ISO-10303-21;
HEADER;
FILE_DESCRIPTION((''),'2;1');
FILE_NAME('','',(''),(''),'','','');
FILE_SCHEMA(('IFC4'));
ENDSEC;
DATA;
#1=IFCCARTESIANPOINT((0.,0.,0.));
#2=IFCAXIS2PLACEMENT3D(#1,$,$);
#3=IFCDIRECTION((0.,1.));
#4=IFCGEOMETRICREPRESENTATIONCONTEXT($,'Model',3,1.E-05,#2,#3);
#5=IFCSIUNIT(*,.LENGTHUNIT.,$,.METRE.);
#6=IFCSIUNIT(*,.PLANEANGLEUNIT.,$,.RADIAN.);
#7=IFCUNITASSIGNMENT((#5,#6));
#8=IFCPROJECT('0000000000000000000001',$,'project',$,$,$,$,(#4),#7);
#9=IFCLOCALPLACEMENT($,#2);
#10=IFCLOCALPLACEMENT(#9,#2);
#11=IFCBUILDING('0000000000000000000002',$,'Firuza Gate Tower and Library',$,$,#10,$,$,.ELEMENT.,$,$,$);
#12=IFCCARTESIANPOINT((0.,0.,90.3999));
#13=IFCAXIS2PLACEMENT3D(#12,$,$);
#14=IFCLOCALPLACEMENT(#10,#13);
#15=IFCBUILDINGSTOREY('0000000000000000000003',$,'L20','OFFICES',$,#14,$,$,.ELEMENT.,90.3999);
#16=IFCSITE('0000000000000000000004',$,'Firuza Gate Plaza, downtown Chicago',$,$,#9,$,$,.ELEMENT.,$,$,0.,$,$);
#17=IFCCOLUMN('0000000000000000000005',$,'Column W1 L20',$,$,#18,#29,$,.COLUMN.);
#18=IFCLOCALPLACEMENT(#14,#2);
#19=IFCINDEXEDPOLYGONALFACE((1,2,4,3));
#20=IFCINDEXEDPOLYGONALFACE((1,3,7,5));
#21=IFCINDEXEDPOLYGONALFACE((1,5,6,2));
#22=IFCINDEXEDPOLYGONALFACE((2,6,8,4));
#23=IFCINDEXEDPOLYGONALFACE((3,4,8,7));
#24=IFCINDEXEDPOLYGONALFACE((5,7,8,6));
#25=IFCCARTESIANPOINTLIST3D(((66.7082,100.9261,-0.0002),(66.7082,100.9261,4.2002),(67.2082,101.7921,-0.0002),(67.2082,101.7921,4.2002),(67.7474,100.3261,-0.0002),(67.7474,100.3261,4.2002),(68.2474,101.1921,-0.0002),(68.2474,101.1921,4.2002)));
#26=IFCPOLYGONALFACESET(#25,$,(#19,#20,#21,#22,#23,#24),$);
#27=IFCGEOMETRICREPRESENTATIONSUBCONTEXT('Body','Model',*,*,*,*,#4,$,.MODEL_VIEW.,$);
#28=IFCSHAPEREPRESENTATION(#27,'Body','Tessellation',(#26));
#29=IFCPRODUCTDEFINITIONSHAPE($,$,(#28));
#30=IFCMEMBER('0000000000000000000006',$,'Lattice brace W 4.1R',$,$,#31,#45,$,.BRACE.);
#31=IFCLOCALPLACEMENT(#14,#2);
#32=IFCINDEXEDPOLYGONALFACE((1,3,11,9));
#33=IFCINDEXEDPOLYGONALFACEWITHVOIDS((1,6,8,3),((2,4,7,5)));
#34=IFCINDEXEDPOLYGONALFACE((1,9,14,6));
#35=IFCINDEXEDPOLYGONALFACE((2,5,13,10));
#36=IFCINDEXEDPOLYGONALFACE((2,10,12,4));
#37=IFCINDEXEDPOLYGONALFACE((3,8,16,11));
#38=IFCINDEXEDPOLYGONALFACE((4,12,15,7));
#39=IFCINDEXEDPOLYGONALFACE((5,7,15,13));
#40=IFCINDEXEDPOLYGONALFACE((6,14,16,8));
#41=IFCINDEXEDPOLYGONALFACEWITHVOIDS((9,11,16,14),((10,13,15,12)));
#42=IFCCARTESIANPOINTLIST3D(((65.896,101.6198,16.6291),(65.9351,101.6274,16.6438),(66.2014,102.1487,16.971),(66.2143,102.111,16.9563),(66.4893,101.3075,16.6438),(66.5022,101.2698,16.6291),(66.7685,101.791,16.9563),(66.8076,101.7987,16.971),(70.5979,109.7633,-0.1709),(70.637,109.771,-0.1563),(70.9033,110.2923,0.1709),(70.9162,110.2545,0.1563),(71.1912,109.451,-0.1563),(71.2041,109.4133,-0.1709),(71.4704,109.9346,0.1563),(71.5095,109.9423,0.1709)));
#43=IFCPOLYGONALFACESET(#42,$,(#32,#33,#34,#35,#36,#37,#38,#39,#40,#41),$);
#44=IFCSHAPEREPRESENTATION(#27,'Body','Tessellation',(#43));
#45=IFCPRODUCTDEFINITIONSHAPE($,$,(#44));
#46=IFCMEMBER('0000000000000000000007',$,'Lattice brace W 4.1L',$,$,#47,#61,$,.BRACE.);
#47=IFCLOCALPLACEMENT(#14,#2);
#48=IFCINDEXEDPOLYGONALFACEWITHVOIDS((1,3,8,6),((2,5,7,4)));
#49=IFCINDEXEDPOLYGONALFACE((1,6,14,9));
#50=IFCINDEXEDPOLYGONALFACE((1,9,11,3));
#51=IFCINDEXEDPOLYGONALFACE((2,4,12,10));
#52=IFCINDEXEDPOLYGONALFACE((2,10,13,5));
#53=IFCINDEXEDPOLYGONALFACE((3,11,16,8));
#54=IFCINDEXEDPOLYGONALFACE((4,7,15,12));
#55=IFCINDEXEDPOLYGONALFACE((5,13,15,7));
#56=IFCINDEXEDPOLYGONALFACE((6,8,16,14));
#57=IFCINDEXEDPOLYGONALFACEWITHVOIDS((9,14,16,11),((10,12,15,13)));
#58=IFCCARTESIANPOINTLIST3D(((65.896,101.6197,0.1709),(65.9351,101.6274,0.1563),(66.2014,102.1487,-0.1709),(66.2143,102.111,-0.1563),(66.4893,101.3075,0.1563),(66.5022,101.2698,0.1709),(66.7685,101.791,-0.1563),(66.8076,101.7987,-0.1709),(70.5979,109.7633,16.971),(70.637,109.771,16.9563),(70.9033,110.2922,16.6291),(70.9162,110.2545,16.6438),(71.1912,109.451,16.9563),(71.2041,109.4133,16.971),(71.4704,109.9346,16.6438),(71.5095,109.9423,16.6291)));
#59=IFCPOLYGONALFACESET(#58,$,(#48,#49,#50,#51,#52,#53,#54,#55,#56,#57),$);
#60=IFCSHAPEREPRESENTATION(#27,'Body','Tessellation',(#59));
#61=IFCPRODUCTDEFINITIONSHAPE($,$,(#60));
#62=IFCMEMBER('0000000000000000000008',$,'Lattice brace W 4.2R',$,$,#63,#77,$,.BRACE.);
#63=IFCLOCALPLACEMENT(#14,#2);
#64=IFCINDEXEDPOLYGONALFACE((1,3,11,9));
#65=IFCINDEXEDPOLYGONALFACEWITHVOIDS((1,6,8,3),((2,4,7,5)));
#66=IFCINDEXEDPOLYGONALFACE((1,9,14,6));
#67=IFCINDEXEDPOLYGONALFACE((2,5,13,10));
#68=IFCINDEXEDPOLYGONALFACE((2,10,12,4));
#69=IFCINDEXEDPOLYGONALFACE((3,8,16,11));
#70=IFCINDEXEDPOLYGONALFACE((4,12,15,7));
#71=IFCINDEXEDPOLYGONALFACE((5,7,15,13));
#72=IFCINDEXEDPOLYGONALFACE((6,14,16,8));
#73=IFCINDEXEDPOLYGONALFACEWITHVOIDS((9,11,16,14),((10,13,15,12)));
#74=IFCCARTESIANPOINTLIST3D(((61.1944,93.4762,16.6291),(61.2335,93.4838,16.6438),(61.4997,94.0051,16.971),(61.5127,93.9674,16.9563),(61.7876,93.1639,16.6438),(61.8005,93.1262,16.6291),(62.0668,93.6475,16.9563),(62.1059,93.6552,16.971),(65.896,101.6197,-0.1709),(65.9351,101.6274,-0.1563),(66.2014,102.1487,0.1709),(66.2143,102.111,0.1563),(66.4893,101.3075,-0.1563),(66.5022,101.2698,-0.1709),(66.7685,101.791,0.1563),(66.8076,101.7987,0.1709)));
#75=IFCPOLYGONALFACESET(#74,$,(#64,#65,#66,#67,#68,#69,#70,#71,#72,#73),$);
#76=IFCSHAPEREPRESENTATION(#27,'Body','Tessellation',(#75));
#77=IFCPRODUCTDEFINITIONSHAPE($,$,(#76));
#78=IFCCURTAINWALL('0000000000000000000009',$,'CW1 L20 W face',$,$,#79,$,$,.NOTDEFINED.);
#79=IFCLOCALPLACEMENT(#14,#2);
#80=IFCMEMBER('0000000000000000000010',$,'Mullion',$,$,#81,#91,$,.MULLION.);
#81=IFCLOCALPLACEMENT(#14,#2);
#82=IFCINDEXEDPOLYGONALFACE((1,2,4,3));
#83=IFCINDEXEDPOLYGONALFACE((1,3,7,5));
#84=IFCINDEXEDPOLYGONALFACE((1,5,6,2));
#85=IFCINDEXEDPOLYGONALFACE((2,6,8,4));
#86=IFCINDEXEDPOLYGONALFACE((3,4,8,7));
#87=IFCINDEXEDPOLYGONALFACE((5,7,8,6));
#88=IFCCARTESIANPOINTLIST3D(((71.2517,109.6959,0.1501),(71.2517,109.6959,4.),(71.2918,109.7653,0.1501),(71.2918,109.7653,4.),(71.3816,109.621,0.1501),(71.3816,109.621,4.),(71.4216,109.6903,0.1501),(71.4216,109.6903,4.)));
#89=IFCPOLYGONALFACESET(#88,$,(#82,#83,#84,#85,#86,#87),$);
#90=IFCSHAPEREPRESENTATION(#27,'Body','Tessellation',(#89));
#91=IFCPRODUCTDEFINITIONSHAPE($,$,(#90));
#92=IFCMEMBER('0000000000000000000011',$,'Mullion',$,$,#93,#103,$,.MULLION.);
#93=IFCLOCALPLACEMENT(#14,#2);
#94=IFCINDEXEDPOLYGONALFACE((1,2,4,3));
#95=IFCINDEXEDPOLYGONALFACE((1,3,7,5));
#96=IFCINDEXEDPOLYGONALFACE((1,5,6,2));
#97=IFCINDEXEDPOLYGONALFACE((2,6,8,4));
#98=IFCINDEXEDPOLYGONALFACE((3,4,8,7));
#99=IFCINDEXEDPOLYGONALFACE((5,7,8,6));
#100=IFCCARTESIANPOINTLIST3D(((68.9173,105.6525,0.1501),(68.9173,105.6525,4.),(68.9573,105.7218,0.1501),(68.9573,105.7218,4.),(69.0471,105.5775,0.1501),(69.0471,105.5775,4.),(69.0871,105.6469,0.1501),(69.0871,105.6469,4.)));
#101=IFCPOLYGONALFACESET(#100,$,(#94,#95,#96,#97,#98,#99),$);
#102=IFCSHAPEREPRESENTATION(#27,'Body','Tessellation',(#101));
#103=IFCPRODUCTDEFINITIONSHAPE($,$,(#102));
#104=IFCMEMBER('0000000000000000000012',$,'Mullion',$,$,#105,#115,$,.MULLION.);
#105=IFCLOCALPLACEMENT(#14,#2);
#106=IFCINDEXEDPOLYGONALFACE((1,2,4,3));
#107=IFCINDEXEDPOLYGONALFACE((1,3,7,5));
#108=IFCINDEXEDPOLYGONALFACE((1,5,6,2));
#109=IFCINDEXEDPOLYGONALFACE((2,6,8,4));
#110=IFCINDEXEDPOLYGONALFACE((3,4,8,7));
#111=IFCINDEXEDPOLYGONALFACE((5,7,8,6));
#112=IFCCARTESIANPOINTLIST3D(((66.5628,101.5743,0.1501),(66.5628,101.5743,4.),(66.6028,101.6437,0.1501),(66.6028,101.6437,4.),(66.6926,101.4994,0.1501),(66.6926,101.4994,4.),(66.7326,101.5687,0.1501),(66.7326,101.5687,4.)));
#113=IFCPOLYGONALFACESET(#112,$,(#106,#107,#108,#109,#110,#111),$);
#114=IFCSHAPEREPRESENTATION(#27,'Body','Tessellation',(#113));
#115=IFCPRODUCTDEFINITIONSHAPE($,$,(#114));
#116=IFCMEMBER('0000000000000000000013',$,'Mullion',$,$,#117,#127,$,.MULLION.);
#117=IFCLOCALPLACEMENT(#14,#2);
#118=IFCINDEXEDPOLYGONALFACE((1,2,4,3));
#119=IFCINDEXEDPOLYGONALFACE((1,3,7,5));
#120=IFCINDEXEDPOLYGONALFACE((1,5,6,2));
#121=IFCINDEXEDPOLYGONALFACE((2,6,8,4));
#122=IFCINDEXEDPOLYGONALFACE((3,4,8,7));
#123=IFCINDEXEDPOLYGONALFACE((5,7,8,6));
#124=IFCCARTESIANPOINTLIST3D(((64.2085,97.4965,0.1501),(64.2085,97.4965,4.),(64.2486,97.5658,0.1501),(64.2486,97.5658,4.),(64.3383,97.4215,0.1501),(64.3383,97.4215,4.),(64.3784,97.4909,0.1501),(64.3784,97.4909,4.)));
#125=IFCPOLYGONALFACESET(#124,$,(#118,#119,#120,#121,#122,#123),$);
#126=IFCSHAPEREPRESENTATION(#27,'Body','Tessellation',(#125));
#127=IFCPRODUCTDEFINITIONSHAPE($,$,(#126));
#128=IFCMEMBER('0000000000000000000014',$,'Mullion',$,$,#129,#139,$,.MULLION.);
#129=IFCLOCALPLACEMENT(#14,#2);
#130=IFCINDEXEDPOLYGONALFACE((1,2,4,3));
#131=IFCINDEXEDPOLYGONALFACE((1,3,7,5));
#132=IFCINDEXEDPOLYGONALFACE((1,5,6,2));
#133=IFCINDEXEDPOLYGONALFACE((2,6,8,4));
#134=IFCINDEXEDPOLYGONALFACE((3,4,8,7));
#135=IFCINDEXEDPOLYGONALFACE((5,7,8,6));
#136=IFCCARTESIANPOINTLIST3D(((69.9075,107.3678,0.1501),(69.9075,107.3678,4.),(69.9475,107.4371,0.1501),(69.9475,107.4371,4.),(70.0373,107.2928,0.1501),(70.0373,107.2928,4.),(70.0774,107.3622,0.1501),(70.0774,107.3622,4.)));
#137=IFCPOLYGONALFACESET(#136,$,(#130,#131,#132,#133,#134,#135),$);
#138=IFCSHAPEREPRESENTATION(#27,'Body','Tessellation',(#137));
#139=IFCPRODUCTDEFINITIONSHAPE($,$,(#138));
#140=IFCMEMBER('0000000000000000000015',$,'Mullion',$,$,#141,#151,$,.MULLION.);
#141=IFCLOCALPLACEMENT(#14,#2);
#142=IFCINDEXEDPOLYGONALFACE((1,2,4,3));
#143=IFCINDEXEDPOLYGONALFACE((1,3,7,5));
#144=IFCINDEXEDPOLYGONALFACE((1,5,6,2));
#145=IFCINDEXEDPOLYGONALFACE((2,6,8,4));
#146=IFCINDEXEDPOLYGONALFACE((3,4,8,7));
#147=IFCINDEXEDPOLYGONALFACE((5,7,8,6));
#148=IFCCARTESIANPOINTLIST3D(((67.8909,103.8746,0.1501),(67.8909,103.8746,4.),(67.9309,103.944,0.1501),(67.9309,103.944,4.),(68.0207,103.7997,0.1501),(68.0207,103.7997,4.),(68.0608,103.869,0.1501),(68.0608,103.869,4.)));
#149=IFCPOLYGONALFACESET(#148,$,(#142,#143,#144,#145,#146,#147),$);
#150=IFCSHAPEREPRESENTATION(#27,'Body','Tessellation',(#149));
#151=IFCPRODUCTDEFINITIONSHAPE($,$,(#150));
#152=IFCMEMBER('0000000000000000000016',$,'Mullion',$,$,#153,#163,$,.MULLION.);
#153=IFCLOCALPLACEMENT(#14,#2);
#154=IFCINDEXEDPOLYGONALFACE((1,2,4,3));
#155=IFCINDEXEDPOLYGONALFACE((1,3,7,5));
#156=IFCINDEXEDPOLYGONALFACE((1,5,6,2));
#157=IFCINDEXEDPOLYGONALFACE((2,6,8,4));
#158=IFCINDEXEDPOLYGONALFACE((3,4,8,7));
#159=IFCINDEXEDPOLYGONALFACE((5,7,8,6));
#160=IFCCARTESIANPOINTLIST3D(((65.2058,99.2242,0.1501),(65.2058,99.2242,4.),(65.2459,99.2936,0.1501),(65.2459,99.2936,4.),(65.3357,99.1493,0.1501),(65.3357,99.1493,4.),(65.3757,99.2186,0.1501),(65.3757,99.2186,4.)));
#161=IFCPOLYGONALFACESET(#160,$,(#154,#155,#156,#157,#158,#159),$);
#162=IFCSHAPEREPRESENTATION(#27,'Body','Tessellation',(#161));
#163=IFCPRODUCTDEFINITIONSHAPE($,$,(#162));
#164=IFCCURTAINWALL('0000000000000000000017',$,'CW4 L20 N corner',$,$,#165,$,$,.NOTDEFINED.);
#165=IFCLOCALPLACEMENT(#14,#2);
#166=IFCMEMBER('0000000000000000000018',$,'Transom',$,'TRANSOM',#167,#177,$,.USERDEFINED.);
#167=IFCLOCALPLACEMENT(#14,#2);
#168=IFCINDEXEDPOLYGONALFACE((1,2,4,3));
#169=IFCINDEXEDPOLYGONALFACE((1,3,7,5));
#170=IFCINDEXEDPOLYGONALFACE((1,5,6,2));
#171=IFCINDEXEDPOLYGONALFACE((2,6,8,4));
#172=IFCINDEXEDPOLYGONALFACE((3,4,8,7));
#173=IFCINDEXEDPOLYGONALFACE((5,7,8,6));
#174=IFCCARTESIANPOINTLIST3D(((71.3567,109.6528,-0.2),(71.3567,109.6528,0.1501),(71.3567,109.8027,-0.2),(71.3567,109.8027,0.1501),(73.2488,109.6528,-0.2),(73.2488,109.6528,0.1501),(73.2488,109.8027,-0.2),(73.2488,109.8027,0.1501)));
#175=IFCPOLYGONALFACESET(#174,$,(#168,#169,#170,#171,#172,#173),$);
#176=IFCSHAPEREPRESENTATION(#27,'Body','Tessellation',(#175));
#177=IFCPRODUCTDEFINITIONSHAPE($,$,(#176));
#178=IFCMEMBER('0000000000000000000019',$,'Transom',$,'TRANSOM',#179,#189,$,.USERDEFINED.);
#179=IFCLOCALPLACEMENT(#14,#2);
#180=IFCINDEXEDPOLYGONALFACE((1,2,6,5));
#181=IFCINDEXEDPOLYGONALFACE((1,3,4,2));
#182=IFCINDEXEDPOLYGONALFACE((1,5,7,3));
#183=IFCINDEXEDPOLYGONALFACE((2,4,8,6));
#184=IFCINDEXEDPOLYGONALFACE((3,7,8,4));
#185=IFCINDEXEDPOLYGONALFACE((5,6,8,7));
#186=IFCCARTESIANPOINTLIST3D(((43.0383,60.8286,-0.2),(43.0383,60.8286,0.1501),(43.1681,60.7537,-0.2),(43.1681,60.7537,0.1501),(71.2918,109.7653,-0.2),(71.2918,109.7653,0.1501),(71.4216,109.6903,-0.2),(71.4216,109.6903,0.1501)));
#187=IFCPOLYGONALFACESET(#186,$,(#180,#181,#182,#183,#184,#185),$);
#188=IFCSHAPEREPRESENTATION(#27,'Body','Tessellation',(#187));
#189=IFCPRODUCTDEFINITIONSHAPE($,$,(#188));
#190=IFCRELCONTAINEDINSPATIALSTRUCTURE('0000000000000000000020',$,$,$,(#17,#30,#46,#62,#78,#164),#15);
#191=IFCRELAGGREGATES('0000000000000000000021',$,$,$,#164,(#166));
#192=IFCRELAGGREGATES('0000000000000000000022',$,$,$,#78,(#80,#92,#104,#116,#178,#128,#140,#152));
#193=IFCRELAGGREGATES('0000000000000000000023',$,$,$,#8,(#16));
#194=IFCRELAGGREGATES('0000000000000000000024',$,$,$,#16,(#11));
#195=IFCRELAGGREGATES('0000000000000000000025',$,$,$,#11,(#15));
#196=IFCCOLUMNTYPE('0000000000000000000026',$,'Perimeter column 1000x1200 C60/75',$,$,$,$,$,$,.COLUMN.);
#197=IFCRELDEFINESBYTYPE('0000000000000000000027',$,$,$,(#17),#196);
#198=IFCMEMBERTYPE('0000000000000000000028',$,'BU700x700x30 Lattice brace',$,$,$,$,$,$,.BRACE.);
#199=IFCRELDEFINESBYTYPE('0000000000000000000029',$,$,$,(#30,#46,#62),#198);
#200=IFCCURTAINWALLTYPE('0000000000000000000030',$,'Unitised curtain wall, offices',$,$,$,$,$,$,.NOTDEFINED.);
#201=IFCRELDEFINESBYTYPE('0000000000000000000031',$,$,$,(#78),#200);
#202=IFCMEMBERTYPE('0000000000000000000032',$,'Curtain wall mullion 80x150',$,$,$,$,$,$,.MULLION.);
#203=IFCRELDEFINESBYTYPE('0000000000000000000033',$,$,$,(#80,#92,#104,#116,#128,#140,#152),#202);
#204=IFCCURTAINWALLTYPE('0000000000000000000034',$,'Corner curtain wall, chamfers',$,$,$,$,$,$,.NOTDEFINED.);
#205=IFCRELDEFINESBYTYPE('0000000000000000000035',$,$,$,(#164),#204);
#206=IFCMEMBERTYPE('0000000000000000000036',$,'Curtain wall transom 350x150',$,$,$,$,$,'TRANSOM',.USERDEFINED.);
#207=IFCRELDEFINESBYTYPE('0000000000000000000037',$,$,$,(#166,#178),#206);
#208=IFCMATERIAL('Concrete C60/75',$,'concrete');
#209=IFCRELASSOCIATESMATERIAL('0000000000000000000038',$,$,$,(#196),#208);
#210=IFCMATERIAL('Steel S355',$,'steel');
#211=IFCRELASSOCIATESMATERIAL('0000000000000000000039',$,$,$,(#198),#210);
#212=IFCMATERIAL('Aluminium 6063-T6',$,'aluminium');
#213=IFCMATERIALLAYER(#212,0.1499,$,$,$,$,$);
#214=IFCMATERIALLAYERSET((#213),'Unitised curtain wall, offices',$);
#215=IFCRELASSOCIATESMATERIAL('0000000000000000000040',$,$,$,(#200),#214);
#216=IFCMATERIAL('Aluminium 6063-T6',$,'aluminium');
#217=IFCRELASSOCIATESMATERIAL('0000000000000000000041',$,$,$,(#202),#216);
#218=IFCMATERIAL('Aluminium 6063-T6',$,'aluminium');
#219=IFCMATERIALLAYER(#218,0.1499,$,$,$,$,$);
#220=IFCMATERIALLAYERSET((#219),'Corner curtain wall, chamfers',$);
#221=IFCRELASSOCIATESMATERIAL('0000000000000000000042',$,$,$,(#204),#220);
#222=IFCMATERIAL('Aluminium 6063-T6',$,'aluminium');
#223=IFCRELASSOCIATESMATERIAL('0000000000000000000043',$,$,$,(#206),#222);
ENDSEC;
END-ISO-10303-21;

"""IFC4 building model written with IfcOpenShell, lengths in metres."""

from ifc_helpers import new_model, si_unit, direction, frame, origin, origin_2d, place, context, subcontext, project, spatial, rectangle, hollow_rectangle, extrude, material, layer, layer_set, material_profile, profile_set, type_object, element, aggregate, save


model = new_model("IFC4")

# Units and contexts
model_context = context("Model", 3, precision=1e-05, world=origin(), true_north=direction((0.0, 1.0)))
body_context = subcontext(model_context, "Body", "Model", "MODEL_VIEW")
ifc_project = project(units=[si_unit("LENGTHUNIT", "METRE"), si_unit("PLANEANGLEUNIT", "RADIAN")], contexts=[model_context])

# Site, building, storey
site_placement = place(None, origin())
site = spatial("IfcSite", under=ifc_project, at=site_placement, Name="Firuza Gate Plaza, downtown Chicago", CompositionType="ELEMENT", RefElevation=0.0)
building_placement = place(site_placement, origin())
building = spatial("IfcBuilding", under=site, at=building_placement, Name="Firuza Gate Tower and Library", CompositionType="ELEMENT")
storey_placement = place(building_placement, frame((0.0, 0.0, 90.3999)))
storey = spatial("IfcBuildingStorey", under=building, at=storey_placement, Name="L20", Description="OFFICES", CompositionType="ELEMENT", Elevation=90.3999)

# Column
ifc_material_1 = material(Name="Concrete C60/75", Category="concrete")
ifc_material_profile_1 = material_profile(ifc_material_1, rectangle(XDim=1.0, YDim=1.2, at=origin_2d()))
ifc_profile_set_1 = profile_set([ifc_material_profile_1], Name="Concrete C60/75")
column_type = type_object("IfcColumnType", Name="Perimeter column 1000x1200 C60/75", PredefinedType="COLUMN", material=ifc_profile_set_1)
column_placement = place(storey_placement, frame((67.4778, 101.0591, -0.0002), z_axis=(0.0, 0.0, 1.0), x_axis=(-0.5, -0.866025, 0.0)))
element("IfcColumn", 1, at=column_placement, inside=storey, type_object=column_type, Name="Column W1 L20", PredefinedType="COLUMN", context=body_context, shape_type="SweptSolid", body=[
    extrude(rectangle(XDim=1.0, YDim=1.2, at=origin_2d()), origin(), (0.0, 0.0, 1.0), 4.2004),
])

# Members
ifc_material_2 = material(Name="Steel S355", Category="steel")
ifc_material_profile_2 = material_profile(ifc_material_2, hollow_rectangle(XDim=0.7, YDim=0.7, WallThickness=0.03, at=origin_2d()))
ifc_profile_set_2 = profile_set([ifc_material_profile_2], Name="Steel S355")
member_type_1 = type_object("IfcMemberType", Name="BU700x700x30 Lattice brace", PredefinedType="BRACE", material=ifc_profile_set_2)
for number, where, z_axis, x_axis, name in (
    (2, (71.0537, 109.8528, 0.0), (-0.24422, -0.422982, 0.872607), (0.866015, -0.500018, 0.0), "Lattice brace W 4.1R"),
    (3, (66.3518, 101.7092, 0.0), (0.24422, 0.422982, 0.872607), (-0.866015, 0.500018, 0.0), "Lattice brace W 4.1L"),
    (4, (66.3518, 101.7092, 0.0), (-0.244208, -0.422983, 0.872609), (0.866026, -0.499998, 0.0), "Lattice brace W 4.2R"),
):
    element("IfcMember", number, at=place(storey_placement, frame(where, z_axis=z_axis, x_axis=x_axis)), inside=storey, type_object=member_type_1, Name=name, PredefinedType="BRACE", context=body_context, shape_type="SweptSolid", body=[
        extrude(hollow_rectangle(XDim=0.7, YDim=0.7, WallThickness=0.03, at=origin_2d()), origin(), (0.0, 0.0, 1.0), 19.2527),
    ])

# Curtain wall, members
ifc_material_3 = material(Name="Aluminium 6063-T6", Category="aluminium")
ifc_layer_1 = layer(ifc_material_3, 0.1499)
ifc_layer_set_1 = layer_set([ifc_layer_1], Name="Unitised curtain wall, offices")
curtain_wall_type_1 = type_object("IfcCurtainWallType", Name="Unitised curtain wall, offices", PredefinedType="NOTDEFINED", material=ifc_layer_set_1)
placement = place(storey_placement, origin())
curtain_wall_1 = element("IfcCurtainWall", 5, at=placement, inside=storey, type_object=curtain_wall_type_1, Name="CW1 L20 W face", PredefinedType="NOTDEFINED")
ifc_material_4 = material(Name="Aluminium 6063-T6", Category="aluminium")
ifc_material_profile_3 = material_profile(ifc_material_4, rectangle(XDim=0.1499, YDim=0.0801, at=origin_2d()))
ifc_profile_set_3 = profile_set([ifc_material_profile_3], Name="Aluminium 6063-T6")
member_type_2 = type_object("IfcMemberType", Name="Curtain wall mullion 80x150", PredefinedType="MULLION", material=ifc_profile_set_3)
member_1_placement = place(storey_placement, frame((71.3367, 109.6931, 0.1501), z_axis=(0.0, 0.0, 1.0), x_axis=(0.866025, -0.5, 0.0)))
member_1 = element("IfcMember", 6, at=member_1_placement, type_object=member_type_2, Name="Mullion", PredefinedType="MULLION", context=body_context, shape_type="SweptSolid", body=[
    extrude(rectangle(XDim=0.1499, YDim=0.0801, at=origin_2d()), origin(), (0.0, 0.0, 1.0), 3.8499),
])
member_2_placement = place(storey_placement, frame((69.0022, 105.6497, 0.1501), z_axis=(0.0, 0.0, 1.0), x_axis=(0.866025, -0.5, 0.0)))
member_2 = element("IfcMember", 7, at=member_2_placement, type_object=member_type_2, Name="Mullion", PredefinedType="MULLION", context=body_context, shape_type="SweptSolid", body=[
    extrude(rectangle(XDim=0.1499, YDim=0.0801, at=origin_2d()), origin(), (0.0, 0.0, 1.0), 3.8499),
])
member_3_placement = place(storey_placement, frame((66.6477, 101.5715, 0.1501), z_axis=(0.0, 0.0, 1.0), x_axis=(0.866025, -0.5, 0.0)))
member_3 = element("IfcMember", 8, at=member_3_placement, type_object=member_type_2, Name="Mullion", PredefinedType="MULLION", context=body_context, shape_type="SweptSolid", body=[
    extrude(rectangle(XDim=0.1499, YDim=0.0801, at=origin_2d()), origin(), (0.0, 0.0, 1.0), 3.8499),
])
member_4_placement = place(storey_placement, frame((64.2935, 97.4937, 0.1501), z_axis=(0.0, 0.0, 1.0), x_axis=(0.866025, -0.5, 0.0)))
member_4 = element("IfcMember", 9, at=member_4_placement, type_object=member_type_2, Name="Mullion", PredefinedType="MULLION", context=body_context, shape_type="SweptSolid", body=[
    extrude(rectangle(XDim=0.1499, YDim=0.0801, at=origin_2d()), origin(), (0.0, 0.0, 1.0), 3.8499),
])
member_5_placement = place(storey_placement, frame((69.9924, 107.365, 0.1501), z_axis=(0.0, 0.0, 1.0), x_axis=(0.866025, -0.5, 0.0)))
member_5 = element("IfcMember", 10, at=member_5_placement, type_object=member_type_2, Name="Mullion", PredefinedType="MULLION", context=body_context, shape_type="SweptSolid", body=[
    extrude(rectangle(XDim=0.1499, YDim=0.0801, at=origin_2d()), origin(), (0.0, 0.0, 1.0), 3.8499),
])
member_6_placement = place(storey_placement, frame((67.9758, 103.8718, 0.1501), z_axis=(0.0, 0.0, 1.0), x_axis=(0.866025, -0.5, 0.0)))
member_6 = element("IfcMember", 11, at=member_6_placement, type_object=member_type_2, Name="Mullion", PredefinedType="MULLION", context=body_context, shape_type="SweptSolid", body=[
    extrude(rectangle(XDim=0.1499, YDim=0.0801, at=origin_2d()), origin(), (0.0, 0.0, 1.0), 3.8499),
])
member_7_placement = place(storey_placement, frame((65.2908, 99.2214, 0.1501), z_axis=(0.0, 0.0, 1.0), x_axis=(0.866025, -0.5, 0.0)))
member_7 = element("IfcMember", 12, at=member_7_placement, type_object=member_type_2, Name="Mullion", PredefinedType="MULLION", context=body_context, shape_type="SweptSolid", body=[
    extrude(rectangle(XDim=0.1499, YDim=0.0801, at=origin_2d()), origin(), (0.0, 0.0, 1.0), 3.8499),
])

# Curtain wall, member
ifc_material_5 = material(Name="Aluminium 6063-T6", Category="aluminium")
ifc_layer_2 = layer(ifc_material_5, 0.1499)
ifc_layer_set_2 = layer_set([ifc_layer_2], Name="Corner curtain wall, chamfers")
curtain_wall_type_2 = type_object("IfcCurtainWallType", Name="Corner curtain wall, chamfers", PredefinedType="NOTDEFINED", material=ifc_layer_set_2)
curtain_wall_2 = element("IfcCurtainWall", 13, at=placement, inside=storey, type_object=curtain_wall_type_2, Name="CW4 L20 N corner", PredefinedType="NOTDEFINED")
ifc_material_6 = material(Name="Aluminium 6063-T6", Category="aluminium")
ifc_material_profile_4 = material_profile(ifc_material_6, rectangle(XDim=0.1499, YDim=0.3501, at=origin_2d()))
ifc_profile_set_4 = profile_set([ifc_material_profile_4], Name="Aluminium 6063-T6")
member_type_3 = type_object("IfcMemberType", Name="Curtain wall transom 350x150", ElementType="TRANSOM", PredefinedType="USERDEFINED", material=ifc_profile_set_4)
member_8_placement = place(storey_placement, frame((73.2488, 109.7278, -0.0249), z_axis=(-1.0, 0.0, 0.0), x_axis=(0.0, -1.0, 0.0)))
member_8 = element("IfcMember", 14, at=member_8_placement, type_object=member_type_3, Name="Transom", ObjectType="TRANSOM", PredefinedType="USERDEFINED", context=body_context, shape_type="SweptSolid", body=[
    extrude(rectangle(XDim=0.1499, YDim=0.3501, at=origin_2d()), origin(), (0.0, 0.0, 1.0), 1.8921),
])
aggregate(curtain_wall_2, [member_8])

# Member
member_9_placement = place(storey_placement, frame((71.3567, 109.7278, -0.0249), z_axis=(-0.499999, -0.866026, 0.0), x_axis=(0.866026, -0.499999, 0.0)))
member_9 = element("IfcMember", 15, at=member_9_placement, type_object=member_type_3, Name="Transom", ObjectType="TRANSOM", PredefinedType="USERDEFINED", context=body_context, shape_type="SweptSolid", body=[
    extrude(rectangle(XDim=0.1499, YDim=0.3501, at=origin_2d()), origin(), (0.0, 0.0, 1.0), 56.5071),
])

aggregate(curtain_wall_1, [member_1, member_2, member_3, member_4, member_9, member_5, member_6, member_7])

save(model, "model.ifc")
